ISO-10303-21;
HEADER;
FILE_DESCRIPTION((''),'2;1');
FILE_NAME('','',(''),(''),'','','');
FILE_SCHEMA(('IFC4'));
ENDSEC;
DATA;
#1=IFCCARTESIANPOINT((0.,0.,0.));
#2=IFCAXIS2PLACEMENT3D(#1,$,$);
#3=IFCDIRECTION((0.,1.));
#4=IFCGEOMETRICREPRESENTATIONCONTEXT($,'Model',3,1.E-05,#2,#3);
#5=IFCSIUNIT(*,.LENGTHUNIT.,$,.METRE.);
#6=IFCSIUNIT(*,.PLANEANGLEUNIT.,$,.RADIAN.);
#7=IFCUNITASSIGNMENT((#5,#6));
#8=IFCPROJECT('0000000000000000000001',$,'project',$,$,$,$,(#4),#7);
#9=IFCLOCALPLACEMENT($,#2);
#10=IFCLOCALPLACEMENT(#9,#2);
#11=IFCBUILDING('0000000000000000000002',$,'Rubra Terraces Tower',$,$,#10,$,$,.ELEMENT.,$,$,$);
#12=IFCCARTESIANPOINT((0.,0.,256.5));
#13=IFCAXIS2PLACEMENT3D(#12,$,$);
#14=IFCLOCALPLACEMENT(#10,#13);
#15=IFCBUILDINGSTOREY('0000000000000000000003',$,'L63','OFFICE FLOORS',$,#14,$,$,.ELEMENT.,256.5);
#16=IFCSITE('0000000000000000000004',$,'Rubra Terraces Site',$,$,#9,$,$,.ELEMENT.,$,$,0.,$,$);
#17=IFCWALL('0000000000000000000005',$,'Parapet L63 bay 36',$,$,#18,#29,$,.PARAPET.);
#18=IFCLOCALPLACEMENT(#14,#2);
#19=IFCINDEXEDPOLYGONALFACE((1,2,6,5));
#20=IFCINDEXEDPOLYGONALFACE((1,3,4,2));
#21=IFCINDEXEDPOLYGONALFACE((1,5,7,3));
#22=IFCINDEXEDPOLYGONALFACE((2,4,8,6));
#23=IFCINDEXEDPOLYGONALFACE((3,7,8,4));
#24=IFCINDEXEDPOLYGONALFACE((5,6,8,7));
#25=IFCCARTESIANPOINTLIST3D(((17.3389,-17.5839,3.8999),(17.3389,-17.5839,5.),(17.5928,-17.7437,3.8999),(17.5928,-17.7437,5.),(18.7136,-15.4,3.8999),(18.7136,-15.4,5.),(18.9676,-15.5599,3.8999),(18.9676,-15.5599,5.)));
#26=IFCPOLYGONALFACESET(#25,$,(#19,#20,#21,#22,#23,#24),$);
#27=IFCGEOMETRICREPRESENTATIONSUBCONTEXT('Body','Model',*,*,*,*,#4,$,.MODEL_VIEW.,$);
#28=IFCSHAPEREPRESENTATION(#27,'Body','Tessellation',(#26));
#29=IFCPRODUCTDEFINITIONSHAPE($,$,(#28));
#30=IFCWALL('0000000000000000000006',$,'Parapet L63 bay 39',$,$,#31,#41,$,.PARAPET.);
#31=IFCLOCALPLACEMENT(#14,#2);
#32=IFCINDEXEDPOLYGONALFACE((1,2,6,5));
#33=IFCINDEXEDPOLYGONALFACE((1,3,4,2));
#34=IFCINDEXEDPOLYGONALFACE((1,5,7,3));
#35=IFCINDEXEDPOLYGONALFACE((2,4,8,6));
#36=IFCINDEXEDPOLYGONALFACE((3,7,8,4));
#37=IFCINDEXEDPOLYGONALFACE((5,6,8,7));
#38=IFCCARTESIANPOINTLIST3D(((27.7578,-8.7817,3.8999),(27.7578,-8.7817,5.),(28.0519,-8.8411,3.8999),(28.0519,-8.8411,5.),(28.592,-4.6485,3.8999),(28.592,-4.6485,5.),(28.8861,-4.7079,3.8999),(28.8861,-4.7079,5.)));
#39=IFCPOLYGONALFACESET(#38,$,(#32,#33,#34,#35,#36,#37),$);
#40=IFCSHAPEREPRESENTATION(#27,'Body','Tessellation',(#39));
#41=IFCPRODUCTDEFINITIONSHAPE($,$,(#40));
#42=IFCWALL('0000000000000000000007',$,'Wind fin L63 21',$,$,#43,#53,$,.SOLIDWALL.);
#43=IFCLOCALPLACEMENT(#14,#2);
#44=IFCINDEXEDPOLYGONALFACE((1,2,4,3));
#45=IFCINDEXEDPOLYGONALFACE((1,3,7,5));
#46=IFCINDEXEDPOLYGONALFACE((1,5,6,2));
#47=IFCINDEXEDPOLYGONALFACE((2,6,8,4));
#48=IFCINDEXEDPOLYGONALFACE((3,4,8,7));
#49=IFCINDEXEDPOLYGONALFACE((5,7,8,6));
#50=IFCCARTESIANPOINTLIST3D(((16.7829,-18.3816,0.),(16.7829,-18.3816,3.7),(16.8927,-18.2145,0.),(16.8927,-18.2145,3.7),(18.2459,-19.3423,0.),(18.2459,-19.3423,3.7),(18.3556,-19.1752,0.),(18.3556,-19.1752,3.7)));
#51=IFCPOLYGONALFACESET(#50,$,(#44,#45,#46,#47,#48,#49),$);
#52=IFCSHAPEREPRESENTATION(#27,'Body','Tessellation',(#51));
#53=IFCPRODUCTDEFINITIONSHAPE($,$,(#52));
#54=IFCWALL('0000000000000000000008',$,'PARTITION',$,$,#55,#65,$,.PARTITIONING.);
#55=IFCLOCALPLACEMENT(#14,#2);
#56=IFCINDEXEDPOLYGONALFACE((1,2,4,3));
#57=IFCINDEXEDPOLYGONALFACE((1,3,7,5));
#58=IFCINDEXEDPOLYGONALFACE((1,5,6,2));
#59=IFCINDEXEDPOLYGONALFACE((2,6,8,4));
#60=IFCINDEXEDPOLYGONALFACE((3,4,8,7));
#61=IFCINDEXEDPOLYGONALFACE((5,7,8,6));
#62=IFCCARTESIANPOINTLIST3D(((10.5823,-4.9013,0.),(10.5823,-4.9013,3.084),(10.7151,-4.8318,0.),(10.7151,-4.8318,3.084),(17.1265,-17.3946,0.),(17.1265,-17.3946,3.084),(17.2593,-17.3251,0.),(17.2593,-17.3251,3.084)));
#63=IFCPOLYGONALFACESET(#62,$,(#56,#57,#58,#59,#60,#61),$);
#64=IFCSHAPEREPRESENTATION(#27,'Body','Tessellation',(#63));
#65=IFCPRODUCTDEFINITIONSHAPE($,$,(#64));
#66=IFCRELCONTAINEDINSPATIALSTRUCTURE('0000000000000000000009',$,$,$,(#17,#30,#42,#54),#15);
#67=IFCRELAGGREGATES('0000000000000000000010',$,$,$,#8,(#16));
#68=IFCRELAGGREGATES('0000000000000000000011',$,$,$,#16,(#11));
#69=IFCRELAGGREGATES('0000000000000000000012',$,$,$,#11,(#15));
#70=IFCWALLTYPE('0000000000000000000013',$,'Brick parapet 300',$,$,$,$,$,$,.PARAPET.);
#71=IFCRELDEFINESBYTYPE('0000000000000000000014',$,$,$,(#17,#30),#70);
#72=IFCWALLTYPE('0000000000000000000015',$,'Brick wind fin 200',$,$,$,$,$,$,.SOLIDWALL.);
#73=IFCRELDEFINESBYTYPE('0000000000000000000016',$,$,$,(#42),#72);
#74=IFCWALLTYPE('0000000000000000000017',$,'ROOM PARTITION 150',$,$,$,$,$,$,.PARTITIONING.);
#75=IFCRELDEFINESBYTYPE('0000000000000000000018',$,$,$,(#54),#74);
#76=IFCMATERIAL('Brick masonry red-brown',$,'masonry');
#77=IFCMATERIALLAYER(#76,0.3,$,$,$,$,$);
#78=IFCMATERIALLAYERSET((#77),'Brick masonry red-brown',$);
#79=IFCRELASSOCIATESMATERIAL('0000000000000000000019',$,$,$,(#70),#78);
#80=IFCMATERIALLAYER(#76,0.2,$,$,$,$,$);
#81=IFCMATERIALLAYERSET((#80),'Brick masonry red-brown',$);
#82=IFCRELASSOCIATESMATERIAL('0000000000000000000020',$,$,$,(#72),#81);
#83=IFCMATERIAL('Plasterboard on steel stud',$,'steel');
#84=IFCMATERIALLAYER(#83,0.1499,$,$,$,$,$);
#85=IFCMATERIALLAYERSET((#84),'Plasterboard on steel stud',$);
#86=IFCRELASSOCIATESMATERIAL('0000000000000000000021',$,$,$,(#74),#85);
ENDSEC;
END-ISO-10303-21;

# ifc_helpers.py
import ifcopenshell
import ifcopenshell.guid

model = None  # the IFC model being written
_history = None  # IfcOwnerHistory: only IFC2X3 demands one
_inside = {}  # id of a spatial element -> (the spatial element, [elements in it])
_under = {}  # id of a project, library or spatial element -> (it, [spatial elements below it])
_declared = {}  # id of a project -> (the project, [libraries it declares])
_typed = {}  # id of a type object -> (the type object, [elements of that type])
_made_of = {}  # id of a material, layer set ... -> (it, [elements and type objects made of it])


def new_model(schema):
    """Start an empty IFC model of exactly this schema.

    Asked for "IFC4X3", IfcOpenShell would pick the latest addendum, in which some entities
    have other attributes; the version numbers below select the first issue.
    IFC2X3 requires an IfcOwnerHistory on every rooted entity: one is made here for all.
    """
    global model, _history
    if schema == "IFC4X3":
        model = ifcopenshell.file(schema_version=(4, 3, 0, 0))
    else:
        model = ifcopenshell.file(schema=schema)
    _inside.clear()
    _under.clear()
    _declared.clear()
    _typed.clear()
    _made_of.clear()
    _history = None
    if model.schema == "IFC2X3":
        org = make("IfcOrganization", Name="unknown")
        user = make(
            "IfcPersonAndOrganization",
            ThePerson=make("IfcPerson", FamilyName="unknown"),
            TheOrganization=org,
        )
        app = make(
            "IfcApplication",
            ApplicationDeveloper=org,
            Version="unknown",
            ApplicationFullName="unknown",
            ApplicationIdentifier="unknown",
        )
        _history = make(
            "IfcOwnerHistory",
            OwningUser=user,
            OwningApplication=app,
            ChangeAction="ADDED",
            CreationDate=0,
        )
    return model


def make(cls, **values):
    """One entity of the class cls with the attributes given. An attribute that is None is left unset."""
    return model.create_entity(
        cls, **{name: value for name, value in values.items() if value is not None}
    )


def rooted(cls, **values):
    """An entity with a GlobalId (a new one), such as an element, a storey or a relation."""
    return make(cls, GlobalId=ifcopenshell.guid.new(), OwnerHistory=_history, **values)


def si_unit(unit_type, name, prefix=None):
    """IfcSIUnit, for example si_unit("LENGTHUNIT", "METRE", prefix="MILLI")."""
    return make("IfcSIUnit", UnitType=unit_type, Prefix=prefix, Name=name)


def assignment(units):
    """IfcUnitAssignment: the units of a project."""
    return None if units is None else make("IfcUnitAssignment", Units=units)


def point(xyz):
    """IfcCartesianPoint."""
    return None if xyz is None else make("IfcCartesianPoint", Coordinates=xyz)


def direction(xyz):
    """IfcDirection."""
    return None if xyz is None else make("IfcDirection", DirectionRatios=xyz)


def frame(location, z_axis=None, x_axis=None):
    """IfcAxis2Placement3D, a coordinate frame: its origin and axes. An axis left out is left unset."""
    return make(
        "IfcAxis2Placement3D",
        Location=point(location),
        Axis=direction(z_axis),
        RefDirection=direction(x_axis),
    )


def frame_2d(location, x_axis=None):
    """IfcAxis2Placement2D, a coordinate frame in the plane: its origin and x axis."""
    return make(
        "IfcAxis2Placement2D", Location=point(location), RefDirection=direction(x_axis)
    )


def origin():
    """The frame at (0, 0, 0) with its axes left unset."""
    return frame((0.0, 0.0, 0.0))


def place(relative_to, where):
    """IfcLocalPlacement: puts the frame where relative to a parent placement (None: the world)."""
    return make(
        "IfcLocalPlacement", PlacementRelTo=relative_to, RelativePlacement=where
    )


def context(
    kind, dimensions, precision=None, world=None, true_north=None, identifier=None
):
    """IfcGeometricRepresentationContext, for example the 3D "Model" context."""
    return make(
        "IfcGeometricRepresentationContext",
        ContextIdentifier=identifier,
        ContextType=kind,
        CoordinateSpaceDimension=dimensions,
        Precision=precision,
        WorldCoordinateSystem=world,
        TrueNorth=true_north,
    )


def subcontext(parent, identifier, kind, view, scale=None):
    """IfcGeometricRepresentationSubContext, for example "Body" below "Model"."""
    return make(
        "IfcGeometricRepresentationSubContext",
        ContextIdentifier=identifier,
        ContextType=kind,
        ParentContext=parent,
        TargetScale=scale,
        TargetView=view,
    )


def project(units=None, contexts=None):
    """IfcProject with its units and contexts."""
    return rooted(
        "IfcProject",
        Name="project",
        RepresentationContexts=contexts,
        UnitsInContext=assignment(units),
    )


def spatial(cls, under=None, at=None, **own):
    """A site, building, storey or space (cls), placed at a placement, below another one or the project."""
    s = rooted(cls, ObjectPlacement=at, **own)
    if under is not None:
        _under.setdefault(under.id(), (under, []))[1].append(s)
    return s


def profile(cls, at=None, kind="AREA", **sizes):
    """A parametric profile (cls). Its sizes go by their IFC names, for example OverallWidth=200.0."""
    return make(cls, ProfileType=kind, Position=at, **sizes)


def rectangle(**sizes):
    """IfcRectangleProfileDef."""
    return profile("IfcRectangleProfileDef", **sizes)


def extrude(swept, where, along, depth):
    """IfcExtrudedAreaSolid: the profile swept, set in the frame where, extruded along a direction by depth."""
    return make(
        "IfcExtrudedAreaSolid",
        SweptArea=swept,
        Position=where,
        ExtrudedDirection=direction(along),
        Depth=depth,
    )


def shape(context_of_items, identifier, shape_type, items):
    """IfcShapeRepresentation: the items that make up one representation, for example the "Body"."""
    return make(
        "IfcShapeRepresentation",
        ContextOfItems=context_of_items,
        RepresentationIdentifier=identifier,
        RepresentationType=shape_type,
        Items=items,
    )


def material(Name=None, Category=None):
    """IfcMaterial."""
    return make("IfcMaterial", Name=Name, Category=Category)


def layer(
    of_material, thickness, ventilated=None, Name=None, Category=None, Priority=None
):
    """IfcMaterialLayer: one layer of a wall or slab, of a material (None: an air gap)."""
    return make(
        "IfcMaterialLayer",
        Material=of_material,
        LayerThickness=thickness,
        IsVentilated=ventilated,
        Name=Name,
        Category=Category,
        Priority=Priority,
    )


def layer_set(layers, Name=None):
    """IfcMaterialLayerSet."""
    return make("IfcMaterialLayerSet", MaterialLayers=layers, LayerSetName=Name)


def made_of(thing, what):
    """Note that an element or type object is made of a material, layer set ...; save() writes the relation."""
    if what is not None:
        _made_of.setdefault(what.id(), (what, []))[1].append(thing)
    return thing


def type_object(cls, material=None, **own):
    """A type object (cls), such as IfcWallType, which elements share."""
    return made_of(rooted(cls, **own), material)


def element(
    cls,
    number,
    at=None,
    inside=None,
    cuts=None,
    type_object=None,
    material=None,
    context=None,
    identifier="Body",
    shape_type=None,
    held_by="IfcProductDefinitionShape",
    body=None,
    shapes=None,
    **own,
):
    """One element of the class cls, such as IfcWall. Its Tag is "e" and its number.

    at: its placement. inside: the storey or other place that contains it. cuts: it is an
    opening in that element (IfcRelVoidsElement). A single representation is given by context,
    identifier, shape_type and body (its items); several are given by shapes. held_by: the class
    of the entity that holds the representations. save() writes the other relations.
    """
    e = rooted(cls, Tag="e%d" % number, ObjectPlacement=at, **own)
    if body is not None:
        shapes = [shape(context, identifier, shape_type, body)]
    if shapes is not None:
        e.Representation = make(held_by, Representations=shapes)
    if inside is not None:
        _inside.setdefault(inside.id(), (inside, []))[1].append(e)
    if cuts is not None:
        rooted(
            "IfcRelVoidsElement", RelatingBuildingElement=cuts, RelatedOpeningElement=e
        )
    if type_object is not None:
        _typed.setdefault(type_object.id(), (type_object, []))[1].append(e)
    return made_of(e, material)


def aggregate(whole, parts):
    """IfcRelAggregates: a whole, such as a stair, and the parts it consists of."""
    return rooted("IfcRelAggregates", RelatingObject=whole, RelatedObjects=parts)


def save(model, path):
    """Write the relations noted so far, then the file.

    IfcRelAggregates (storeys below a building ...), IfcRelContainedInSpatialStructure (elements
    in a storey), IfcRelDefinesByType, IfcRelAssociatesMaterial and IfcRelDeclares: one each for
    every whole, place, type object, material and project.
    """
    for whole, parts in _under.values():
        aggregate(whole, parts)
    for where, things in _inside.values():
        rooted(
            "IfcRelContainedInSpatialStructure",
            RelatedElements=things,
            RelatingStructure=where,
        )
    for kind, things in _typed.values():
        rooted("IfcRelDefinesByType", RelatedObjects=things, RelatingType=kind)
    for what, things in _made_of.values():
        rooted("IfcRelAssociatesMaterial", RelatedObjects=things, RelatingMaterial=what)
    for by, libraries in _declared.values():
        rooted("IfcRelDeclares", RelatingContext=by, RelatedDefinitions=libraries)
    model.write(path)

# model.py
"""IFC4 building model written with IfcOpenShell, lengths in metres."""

from ifc_helpers import new_model, si_unit, direction, frame, frame_2d, origin, place, context, subcontext, project, spatial, rectangle, extrude, material, layer, layer_set, type_object, element, save


model = new_model("IFC4")

# Units and contexts
model_context = context("Model", 3, precision=1e-05, world=origin(), true_north=direction((0.0, 1.0)))
body_context = subcontext(model_context, "Body", "Model", "MODEL_VIEW")
ifc_project = project(units=[si_unit("LENGTHUNIT", "METRE"), si_unit("PLANEANGLEUNIT", "RADIAN")], contexts=[model_context])

# Site, building, storey
site_placement = place(None, origin())
site = spatial("IfcSite", under=ifc_project, at=site_placement, Name="Rubra Terraces Site", CompositionType="ELEMENT", RefElevation=0.0)
building_placement = place(site_placement, origin())
building = spatial("IfcBuilding", under=site, at=building_placement, Name="Rubra Terraces Tower", CompositionType="ELEMENT")
storey_placement = place(building_placement, frame((0.0, 0.0, 256.5)))
storey = spatial("IfcBuildingStorey", under=building, at=storey_placement, Name="L63", Description="OFFICE FLOORS", CompositionType="ELEMENT", Elevation=256.5)

# Shared definitions
ifc_material_1 = material(Name="Brick masonry red-brown", Category="masonry")

# Walls
ifc_layer_1 = layer(ifc_material_1, 0.3)
ifc_layer_set_1 = layer_set([ifc_layer_1], Name="Brick masonry red-brown")
wall_type_1 = type_object("IfcWallType", Name="Brick parapet 300", PredefinedType="PARAPET", material=ifc_layer_set_1)
wall_1_placement = place(storey_placement, frame((17.4658, -17.6638, 3.8999), z_axis=(0.0, 0.0, 1.0), x_axis=(0.532743, 0.846277, 0.0)))
element("IfcWall", 1, at=wall_1_placement, inside=storey, type_object=wall_type_1, Name="Parapet L63 bay 36", PredefinedType="PARAPET", context=body_context, shape_type="SweptSolid", body=[
    extrude(rectangle(XDim=2.5806, YDim=0.3, at=frame_2d((1.2903, 0.0))), origin(), (0.0, 0.0, 1.0), 1.1001),
])
wall_2_placement = place(storey_placement, frame((27.9048, -8.8115, 3.8999), z_axis=(0.0, 0.0, 1.0), x_axis=(0.197842, 0.980234, 0.0)))
element("IfcWall", 2, at=wall_2_placement, inside=storey, type_object=wall_type_1, Name="Parapet L63 bay 39", PredefinedType="PARAPET", context=body_context, shape_type="SweptSolid", body=[
    extrude(rectangle(XDim=4.2166, YDim=0.3, at=frame_2d((2.1084, 0.0))), origin(), (0.0, 0.0, 1.0), 1.1001),
])
ifc_layer_2 = layer(ifc_material_1, 0.2)
ifc_layer_set_2 = layer_set([ifc_layer_2], Name="Brick masonry red-brown")
wall_type_2 = type_object("IfcWallType", Name="Brick wind fin 200", PredefinedType="SOLIDWALL", material=ifc_layer_set_2)
wall_3_placement = place(storey_placement, frame((16.8379, -18.2981, 0.0), z_axis=(0.0, 0.0, 1.0), x_axis=(0.835872, -0.548925, 0.0)))
element("IfcWall", 3, at=wall_3_placement, inside=storey, type_object=wall_type_2, Name="Wind fin L63 21", PredefinedType="SOLIDWALL", context=body_context, shape_type="SweptSolid", body=[
    extrude(rectangle(XDim=1.7502, YDim=0.2, at=frame_2d((0.875, 0.0))), origin(), (0.0, 0.0, 1.0), 3.7),
])
ifc_material_2 = material(Name="Plasterboard on steel stud", Category="steel")
ifc_layer_3 = layer(ifc_material_2, 0.1499)
ifc_layer_set_3 = layer_set([ifc_layer_3], Name="Plasterboard on steel stud")
wall_type_3 = type_object("IfcWallType", Name="ROOM PARTITION 150", PredefinedType="PARTITIONING", material=ifc_layer_set_3)
wall_4_placement = place(storey_placement, frame((17.1929, -17.3599, 0.0), z_axis=(0.0, 0.0, 1.0), x_axis=(-0.464008, 0.885831, 0.0)))
element("IfcWall", 4, at=wall_4_placement, inside=storey, type_object=wall_type_3, Name="PARTITION", PredefinedType="PARTITIONING", context=body_context, shape_type="SweptSolid", body=[
    extrude(rectangle(XDim=14.1035, YDim=0.1499, at=frame_2d((7.0518, 0.0))), origin(), (0.0, 0.0, 1.0), 3.084),
])

save(model, "model.ifc")
